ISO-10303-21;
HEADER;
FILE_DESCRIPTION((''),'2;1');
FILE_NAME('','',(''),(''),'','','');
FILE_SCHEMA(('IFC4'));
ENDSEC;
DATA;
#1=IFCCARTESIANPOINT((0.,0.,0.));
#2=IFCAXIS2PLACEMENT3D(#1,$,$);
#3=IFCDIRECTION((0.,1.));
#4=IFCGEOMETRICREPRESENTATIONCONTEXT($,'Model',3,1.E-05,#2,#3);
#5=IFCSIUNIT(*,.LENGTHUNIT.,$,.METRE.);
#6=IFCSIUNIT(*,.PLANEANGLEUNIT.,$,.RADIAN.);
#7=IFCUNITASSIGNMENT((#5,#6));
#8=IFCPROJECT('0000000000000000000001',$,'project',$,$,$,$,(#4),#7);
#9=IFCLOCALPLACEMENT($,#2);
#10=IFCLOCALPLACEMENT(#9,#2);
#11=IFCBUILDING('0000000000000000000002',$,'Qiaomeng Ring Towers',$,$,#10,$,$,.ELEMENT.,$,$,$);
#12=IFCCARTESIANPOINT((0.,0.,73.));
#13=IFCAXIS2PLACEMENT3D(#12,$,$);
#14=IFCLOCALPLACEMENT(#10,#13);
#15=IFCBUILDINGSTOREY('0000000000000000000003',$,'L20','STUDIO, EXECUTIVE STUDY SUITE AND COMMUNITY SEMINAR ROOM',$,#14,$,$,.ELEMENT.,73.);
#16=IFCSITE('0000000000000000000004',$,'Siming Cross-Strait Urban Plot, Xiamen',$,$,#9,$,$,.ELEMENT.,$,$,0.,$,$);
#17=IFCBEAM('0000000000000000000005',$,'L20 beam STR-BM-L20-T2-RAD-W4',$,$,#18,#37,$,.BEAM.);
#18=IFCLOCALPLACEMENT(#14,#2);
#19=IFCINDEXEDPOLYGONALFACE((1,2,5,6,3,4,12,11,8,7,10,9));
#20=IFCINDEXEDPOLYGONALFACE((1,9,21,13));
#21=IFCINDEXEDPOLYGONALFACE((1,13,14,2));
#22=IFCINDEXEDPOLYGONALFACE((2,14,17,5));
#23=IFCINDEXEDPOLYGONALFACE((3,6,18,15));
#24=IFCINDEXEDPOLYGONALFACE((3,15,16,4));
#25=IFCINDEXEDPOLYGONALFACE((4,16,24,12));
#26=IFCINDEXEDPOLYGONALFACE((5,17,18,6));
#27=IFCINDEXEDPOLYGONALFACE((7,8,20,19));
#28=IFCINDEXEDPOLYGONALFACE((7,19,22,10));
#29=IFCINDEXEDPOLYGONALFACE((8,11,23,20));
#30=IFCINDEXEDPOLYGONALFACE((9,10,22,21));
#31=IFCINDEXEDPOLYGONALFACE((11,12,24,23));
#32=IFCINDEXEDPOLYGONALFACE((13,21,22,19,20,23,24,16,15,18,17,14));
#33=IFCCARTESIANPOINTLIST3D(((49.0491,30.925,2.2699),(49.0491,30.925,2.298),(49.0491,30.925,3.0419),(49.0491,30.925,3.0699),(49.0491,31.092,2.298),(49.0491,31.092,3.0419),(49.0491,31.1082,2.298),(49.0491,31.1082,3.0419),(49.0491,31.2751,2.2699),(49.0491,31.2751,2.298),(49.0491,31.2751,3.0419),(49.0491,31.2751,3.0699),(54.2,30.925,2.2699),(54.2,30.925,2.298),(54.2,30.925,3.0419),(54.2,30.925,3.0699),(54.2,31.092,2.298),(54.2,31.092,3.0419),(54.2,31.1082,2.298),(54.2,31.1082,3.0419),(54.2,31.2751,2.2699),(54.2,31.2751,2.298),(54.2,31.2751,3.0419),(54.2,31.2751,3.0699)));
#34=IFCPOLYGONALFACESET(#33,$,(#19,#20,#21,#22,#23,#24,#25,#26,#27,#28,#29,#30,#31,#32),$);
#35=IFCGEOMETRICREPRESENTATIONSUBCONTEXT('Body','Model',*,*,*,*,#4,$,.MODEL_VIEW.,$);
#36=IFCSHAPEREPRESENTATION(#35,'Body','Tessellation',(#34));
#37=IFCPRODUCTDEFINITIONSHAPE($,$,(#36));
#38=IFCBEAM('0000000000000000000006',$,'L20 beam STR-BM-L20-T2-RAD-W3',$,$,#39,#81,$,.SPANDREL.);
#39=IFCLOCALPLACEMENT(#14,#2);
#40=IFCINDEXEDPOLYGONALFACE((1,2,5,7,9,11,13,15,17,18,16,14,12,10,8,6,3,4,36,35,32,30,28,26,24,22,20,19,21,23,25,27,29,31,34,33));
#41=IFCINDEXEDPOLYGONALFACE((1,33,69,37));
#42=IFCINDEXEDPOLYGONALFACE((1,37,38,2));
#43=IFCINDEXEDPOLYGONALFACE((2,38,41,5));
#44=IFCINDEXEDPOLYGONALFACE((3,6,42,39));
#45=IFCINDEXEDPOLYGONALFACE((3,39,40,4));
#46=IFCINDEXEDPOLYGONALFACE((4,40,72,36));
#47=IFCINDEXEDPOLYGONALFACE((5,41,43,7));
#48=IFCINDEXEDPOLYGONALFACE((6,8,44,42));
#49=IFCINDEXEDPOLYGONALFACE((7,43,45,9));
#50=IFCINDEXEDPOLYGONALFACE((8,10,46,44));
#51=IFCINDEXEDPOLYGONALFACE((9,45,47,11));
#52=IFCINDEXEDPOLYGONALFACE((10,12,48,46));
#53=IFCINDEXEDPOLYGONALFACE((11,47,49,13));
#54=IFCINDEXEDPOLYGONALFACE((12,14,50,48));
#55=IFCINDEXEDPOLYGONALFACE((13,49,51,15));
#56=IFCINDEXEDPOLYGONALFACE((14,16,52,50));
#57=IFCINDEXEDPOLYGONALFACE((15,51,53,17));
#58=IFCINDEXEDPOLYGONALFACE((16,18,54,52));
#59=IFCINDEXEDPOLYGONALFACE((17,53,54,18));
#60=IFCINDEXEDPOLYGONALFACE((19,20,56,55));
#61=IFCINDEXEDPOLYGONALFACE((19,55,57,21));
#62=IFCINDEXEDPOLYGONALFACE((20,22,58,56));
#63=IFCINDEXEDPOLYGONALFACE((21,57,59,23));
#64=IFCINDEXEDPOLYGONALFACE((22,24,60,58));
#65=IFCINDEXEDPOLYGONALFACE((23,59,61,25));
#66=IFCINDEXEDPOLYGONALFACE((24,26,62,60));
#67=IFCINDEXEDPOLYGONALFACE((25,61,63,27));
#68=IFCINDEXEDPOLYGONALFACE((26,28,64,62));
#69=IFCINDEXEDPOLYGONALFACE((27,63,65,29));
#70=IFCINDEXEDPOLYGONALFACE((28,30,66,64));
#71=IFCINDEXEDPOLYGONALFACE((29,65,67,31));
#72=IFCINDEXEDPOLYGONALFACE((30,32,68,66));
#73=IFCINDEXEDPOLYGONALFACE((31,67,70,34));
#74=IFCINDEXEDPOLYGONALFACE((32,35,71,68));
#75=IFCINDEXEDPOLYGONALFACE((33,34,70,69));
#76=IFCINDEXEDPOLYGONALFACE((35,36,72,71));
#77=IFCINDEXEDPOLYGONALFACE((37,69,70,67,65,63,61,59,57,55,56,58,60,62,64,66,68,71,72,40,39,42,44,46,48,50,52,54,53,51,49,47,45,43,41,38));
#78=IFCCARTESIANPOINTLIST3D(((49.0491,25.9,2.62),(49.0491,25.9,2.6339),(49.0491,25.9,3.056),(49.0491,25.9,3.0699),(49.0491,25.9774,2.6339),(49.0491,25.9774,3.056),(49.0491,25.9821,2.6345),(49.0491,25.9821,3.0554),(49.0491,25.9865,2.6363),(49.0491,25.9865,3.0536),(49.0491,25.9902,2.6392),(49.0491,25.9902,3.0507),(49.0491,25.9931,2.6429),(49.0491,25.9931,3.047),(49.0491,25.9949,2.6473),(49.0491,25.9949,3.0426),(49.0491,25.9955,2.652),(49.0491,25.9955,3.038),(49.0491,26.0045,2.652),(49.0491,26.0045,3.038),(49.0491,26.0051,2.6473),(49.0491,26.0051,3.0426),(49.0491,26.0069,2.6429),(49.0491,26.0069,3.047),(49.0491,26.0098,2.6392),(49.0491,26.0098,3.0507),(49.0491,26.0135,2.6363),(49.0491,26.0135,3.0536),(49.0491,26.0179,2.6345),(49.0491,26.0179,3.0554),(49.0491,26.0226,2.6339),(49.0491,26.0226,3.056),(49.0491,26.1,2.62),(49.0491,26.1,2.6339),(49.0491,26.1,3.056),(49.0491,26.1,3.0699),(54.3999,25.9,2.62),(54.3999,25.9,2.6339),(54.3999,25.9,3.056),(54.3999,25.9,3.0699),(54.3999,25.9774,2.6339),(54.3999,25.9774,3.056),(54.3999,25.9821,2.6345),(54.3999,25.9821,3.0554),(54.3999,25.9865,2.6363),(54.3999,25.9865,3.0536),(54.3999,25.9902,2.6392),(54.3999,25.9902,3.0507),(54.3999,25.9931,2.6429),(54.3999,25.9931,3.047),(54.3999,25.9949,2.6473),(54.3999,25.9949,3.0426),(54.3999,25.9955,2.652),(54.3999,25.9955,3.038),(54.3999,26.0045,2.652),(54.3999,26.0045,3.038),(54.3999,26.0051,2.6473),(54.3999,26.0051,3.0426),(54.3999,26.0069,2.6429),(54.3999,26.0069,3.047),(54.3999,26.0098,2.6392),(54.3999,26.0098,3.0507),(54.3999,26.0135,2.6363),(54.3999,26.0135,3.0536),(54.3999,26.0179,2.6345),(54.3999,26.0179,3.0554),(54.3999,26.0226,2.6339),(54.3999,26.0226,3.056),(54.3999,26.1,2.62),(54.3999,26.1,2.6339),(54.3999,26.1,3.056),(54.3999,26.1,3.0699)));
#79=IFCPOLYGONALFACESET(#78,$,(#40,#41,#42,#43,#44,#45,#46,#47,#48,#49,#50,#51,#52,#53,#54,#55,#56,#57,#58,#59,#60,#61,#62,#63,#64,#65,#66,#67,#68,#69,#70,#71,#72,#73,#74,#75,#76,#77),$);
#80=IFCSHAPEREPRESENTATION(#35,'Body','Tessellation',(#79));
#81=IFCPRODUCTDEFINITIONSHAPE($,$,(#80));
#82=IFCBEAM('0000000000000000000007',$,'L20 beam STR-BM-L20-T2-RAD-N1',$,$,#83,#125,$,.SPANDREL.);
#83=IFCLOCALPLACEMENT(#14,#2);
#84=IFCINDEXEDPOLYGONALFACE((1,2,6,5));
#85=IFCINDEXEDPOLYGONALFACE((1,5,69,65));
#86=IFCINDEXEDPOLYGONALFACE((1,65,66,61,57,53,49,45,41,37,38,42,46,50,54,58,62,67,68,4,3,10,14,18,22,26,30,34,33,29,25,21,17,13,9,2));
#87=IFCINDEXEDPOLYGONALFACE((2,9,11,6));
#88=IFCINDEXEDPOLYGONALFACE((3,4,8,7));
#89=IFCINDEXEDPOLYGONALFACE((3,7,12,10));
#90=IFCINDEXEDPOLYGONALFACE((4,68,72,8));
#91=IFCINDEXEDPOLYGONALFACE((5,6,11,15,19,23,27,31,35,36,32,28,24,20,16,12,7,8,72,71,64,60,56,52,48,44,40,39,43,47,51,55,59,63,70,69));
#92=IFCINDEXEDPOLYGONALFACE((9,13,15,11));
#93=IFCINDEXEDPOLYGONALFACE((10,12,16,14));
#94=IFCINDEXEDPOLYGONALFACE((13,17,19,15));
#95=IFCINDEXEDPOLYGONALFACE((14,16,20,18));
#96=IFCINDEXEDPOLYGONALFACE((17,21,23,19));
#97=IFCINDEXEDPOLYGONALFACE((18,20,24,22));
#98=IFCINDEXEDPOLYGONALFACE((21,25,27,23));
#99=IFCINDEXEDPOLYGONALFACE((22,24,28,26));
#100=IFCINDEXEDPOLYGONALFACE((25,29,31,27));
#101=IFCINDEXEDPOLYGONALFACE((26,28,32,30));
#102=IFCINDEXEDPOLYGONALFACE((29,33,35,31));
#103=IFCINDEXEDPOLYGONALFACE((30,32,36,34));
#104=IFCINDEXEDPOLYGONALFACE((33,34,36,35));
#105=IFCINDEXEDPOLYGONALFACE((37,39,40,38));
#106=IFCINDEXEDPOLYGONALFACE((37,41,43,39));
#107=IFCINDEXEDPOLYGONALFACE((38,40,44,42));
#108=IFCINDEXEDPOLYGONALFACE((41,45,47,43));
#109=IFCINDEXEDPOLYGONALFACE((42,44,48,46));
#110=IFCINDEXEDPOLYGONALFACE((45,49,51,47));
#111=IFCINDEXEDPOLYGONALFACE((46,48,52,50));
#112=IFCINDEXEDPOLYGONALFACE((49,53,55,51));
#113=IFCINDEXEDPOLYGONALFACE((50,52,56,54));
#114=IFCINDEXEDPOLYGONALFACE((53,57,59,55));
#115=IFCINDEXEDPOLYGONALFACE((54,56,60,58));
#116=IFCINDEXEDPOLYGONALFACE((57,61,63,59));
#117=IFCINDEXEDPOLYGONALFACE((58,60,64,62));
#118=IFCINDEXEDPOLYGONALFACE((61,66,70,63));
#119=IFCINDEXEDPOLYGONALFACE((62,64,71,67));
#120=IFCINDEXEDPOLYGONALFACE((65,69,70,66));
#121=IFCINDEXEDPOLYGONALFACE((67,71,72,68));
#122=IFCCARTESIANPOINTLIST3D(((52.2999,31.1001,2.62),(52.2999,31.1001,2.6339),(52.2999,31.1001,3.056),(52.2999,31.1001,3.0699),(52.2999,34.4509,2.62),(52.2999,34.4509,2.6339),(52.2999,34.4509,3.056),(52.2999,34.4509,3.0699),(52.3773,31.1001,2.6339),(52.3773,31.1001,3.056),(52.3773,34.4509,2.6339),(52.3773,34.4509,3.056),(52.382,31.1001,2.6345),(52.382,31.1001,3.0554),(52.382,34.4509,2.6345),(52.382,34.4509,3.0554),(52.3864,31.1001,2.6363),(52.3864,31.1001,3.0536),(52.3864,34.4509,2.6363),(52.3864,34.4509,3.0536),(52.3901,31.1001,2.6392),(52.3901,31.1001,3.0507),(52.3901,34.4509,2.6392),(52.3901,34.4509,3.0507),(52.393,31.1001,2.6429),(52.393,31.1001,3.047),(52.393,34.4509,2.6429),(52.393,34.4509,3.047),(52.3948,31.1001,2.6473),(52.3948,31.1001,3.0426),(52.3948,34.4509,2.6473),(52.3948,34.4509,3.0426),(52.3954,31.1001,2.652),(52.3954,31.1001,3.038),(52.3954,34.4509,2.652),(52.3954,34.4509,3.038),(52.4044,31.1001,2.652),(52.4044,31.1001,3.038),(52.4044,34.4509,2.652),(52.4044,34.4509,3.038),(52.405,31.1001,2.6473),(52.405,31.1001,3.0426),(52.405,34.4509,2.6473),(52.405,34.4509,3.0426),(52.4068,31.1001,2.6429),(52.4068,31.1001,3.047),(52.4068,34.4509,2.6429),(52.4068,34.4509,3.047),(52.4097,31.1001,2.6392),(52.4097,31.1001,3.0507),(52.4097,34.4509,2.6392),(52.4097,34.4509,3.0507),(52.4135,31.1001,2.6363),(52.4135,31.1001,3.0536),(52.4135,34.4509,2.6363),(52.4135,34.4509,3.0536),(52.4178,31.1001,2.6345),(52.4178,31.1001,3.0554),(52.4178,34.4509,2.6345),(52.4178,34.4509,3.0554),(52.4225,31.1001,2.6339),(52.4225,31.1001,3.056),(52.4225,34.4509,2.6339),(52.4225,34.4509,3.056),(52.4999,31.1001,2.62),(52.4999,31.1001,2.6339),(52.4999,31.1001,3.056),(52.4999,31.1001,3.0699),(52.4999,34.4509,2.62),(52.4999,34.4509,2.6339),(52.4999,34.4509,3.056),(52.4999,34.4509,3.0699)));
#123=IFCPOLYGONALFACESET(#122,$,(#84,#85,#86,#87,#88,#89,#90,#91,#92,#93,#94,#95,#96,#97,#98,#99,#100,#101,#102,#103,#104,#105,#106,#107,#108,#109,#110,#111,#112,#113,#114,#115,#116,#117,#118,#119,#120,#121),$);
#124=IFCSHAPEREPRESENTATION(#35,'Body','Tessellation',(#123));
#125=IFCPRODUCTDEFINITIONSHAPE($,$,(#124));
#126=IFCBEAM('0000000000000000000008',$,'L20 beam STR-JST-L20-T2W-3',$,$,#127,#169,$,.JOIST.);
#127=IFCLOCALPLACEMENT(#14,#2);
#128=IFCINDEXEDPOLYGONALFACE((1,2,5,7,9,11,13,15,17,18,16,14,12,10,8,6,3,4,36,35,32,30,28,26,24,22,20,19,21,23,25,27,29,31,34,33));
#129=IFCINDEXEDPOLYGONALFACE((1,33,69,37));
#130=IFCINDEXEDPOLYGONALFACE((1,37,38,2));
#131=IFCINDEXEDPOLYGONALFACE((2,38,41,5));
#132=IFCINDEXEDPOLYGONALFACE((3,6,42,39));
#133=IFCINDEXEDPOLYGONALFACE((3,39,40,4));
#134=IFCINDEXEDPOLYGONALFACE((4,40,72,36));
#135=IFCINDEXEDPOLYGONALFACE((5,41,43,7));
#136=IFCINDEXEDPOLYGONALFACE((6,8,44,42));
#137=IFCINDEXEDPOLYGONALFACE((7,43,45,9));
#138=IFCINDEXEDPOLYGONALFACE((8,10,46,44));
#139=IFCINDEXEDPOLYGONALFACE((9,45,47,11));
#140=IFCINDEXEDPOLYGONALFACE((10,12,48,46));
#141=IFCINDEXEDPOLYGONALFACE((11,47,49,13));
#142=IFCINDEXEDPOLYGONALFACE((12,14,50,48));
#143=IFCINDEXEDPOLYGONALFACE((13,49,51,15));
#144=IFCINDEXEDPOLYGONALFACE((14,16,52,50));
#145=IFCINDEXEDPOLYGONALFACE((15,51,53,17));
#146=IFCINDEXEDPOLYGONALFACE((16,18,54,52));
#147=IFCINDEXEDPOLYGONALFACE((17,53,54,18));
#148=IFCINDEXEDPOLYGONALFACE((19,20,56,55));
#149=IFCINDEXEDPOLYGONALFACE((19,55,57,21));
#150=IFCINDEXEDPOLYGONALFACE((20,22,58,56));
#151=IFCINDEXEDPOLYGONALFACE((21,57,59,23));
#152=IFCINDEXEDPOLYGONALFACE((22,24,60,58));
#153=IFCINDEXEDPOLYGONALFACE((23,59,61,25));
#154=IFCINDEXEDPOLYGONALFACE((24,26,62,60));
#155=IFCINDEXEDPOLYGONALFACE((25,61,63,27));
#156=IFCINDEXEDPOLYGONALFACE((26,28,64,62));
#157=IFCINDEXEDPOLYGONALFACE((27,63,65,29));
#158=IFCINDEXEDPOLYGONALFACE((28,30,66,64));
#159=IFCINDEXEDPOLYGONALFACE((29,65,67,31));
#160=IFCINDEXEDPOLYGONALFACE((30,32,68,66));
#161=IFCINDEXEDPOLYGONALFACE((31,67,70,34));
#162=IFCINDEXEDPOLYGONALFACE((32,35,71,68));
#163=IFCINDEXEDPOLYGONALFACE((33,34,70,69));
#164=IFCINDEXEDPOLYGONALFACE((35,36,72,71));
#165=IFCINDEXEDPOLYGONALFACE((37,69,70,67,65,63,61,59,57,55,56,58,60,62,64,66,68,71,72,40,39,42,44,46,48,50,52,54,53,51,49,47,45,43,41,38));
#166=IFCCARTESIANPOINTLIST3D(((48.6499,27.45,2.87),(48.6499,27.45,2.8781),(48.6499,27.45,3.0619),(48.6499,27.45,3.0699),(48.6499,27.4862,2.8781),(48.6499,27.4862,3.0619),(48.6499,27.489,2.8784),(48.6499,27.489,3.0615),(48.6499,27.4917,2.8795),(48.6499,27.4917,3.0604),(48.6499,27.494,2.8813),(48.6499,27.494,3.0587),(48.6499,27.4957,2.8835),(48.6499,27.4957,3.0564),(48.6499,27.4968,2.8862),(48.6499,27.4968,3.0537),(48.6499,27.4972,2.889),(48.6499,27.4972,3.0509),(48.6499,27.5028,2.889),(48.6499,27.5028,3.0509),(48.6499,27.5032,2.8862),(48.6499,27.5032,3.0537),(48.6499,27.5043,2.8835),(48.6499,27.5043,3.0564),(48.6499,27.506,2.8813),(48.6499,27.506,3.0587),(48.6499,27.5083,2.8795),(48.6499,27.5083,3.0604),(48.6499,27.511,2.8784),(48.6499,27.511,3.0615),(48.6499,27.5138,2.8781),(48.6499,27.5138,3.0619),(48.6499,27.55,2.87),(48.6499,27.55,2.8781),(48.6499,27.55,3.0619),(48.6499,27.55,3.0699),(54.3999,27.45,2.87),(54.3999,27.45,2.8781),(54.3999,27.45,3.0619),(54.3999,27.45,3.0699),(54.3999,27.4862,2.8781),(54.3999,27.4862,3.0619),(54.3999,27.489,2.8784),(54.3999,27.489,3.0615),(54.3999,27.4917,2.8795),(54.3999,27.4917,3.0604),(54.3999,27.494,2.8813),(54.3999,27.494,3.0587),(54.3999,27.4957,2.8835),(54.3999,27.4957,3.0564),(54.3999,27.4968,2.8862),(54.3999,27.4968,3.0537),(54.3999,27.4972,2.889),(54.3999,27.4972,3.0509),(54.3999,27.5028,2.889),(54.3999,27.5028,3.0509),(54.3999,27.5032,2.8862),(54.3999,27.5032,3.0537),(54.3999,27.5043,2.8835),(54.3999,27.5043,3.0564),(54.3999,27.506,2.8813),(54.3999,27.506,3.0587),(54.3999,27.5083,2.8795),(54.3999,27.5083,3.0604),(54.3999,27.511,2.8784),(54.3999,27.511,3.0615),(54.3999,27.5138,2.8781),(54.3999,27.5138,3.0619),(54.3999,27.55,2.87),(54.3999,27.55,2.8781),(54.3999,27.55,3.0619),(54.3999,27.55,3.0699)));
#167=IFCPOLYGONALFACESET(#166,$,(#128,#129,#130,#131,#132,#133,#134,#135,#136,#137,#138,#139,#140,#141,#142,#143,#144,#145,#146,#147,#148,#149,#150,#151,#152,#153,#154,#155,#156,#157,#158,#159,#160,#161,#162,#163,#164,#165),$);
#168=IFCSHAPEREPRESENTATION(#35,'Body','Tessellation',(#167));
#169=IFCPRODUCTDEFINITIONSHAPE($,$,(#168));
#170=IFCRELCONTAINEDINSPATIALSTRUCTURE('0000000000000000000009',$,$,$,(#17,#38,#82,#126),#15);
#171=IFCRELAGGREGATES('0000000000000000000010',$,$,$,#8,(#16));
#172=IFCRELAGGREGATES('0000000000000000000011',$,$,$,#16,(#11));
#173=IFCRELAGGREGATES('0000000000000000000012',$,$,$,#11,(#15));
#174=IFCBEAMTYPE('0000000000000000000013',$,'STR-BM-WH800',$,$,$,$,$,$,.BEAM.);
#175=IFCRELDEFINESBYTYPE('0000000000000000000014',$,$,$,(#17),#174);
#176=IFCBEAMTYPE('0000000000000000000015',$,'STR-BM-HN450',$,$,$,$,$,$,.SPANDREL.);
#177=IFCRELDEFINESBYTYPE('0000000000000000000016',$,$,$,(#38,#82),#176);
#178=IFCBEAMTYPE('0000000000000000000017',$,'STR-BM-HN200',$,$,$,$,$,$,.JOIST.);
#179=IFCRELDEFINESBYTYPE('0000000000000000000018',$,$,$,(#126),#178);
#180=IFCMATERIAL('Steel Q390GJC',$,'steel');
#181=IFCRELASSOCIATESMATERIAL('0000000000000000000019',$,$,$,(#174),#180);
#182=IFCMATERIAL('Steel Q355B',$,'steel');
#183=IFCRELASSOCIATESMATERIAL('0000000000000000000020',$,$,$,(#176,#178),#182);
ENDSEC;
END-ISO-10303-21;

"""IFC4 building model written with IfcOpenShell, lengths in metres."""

from ifc_helpers import new_model, si_unit, direction, frame, origin, origin_2d, place, context, subcontext, project, spatial, i_section, extrude, source, transform, mapped, material, material_profile, profile_set, type_object, element, save


model = new_model("IFC4")

# Units and contexts
model_context = context("Model", 3, precision=1e-05, world=origin(), true_north=direction((0.0, 1.0)))
body_context = subcontext(model_context, "Body", "Model", "MODEL_VIEW")
ifc_project = project(units=[si_unit("LENGTHUNIT", "METRE"), si_unit("PLANEANGLEUNIT", "RADIAN")], contexts=[model_context])

# Site, building, storey
site_placement = place(None, origin())
site = spatial("IfcSite", under=ifc_project, at=site_placement, Name="Siming Cross-Strait Urban Plot, Xiamen", CompositionType="ELEMENT", RefElevation=0.0)
building_placement = place(site_placement, origin())
building = spatial("IfcBuilding", under=site, at=building_placement, Name="Qiaomeng Ring Towers", CompositionType="ELEMENT")
storey_placement = place(building_placement, frame((0.0, 0.0, 73.0)))
storey = spatial("IfcBuildingStorey", under=building, at=storey_placement, Name="L20", Description="STUDIO, EXECUTIVE STUDY SUITE AND COMMUNITY SEMINAR ROOM", CompositionType="ELEMENT", Elevation=73.0)

# Beams
ifc_material_1 = material(Name="Steel Q355B", Category="steel")
ifc_material_2 = material(Name="Steel Q390GJC", Category="steel")
ifc_material_profile_1 = material_profile(ifc_material_2, i_section(OverallWidth=0.3501, OverallDepth=0.8, WebThickness=0.0161, FlangeThickness=0.0281, at=origin_2d()), Name="WH 800x350x16x28")
ifc_profile_set_1 = profile_set([ifc_material_profile_1], Name="Steel Q390GJC")
beam_type_1 = type_object("IfcBeamType", Name="STR-BM-WH800", PredefinedType="BEAM", material=ifc_profile_set_1)
shared_shape_1 = source(origin(), body_context, "Body", "SweptSolid", [
    extrude(i_section(OverallWidth=0.3501, OverallDepth=0.8, WebThickness=0.0161, FlangeThickness=0.0281, at=origin_2d()), origin(), (0.0, 0.0, 1.0), 5.1509),
])
beam_1_placement = place(storey_placement, frame((49.0491, 31.1001, 2.6699), z_axis=(1.0, 0.0, 0.0), x_axis=(0.0, 1.0, 0.0)))
element("IfcBeam", 1, at=beam_1_placement, inside=storey, type_object=beam_type_1, Name="L20 beam STR-BM-L20-T2-RAD-W4", PredefinedType="BEAM", context=body_context, shape_type="MappedRepresentation", body=[
    mapped(shared_shape_1, transform((0.0, 0.0, 0.0), x_axis=(1.0, 0.0, 0.0), y_axis=(0.0, 1.0, 0.0), z_axis=(0.0, 0.0, 1.0), scale=1.0)),
])
ifc_material_profile_2 = material_profile(ifc_material_1, i_section(OverallWidth=0.2, OverallDepth=0.45, WebThickness=0.009, FlangeThickness=0.0139, FilletRadius=0.0181, at=origin_2d()), Name="HN 450x200x9x14")
ifc_profile_set_2 = profile_set([ifc_material_profile_2], Name="Steel Q355B")
beam_type_2 = type_object("IfcBeamType", Name="STR-BM-HN450", PredefinedType="SPANDREL", material=ifc_profile_set_2)
shared_shape_2 = source(origin(), body_context, "Body", "SweptSolid", [
    extrude(i_section(OverallWidth=0.2, OverallDepth=0.45, WebThickness=0.009, FlangeThickness=0.0139, FilletRadius=0.0181, at=origin_2d()), origin(), (0.0, 0.0, 1.0), 5.3508),
])
beam_2_placement = place(storey_placement, frame((49.0491, 26.0, 2.845), z_axis=(1.0, 0.0, 0.0), x_axis=(0.0, 1.0, 0.0)))
element("IfcBeam", 2, at=beam_2_placement, inside=storey, type_object=beam_type_2, Name="L20 beam STR-BM-L20-T2-RAD-W3", PredefinedType="SPANDREL", context=body_context, shape_type="MappedRepresentation", body=[
    mapped(shared_shape_2, transform((0.0, 0.0, 0.0), x_axis=(1.0, 0.0, 0.0), y_axis=(0.0, 1.0, 0.0), z_axis=(0.0, 0.0, 1.0), scale=1.0)),
])
shared_shape_3 = source(origin(), body_context, "Body", "SweptSolid", [
    extrude(i_section(OverallWidth=0.2, OverallDepth=0.45, WebThickness=0.009, FlangeThickness=0.0139, FilletRadius=0.0181, at=origin_2d()), origin(), (0.0, 0.0, 1.0), 3.3508),
])
beam_3_placement = place(storey_placement, frame((52.3999, 34.4509, 2.845), z_axis=(0.0, -1.0, 0.0), x_axis=(1.0, 0.0, 0.0)))
element("IfcBeam", 3, at=beam_3_placement, inside=storey, type_object=beam_type_2, Name="L20 beam STR-BM-L20-T2-RAD-N1", PredefinedType="SPANDREL", context=body_context, shape_type="MappedRepresentation", body=[
    mapped(shared_shape_3, transform((0.0, 0.0, 0.0), x_axis=(1.0, 0.0, 0.0), y_axis=(0.0, 1.0, 0.0), z_axis=(0.0, 0.0, 1.0), scale=1.0)),
])
ifc_material_profile_3 = material_profile(ifc_material_1, i_section(OverallWidth=0.1001, OverallDepth=0.2, WebThickness=0.0056, FlangeThickness=0.0081, FilletRadius=0.011, at=origin_2d()), Name="HN 200x100x5.5x8")
ifc_profile_set_3 = profile_set([ifc_material_profile_3], Name="Steel Q355B")
beam_type_3 = type_object("IfcBeamType", Name="STR-BM-HN200", PredefinedType="JOIST", material=ifc_profile_set_3)
shared_shape_4 = source(origin(), body_context, "Body", "SweptSolid", [
    extrude(i_section(OverallWidth=0.1001, OverallDepth=0.2, WebThickness=0.0056, FlangeThickness=0.0081, FilletRadius=0.011, at=origin_2d()), origin(), (0.0, 0.0, 1.0), 5.75),
])
beam_4_placement = place(storey_placement, frame((48.6499, 27.5, 2.97), z_axis=(1.0, 0.0, 0.0), x_axis=(0.0, 1.0, 0.0)))
element("IfcBeam", 4, at=beam_4_placement, inside=storey, type_object=beam_type_3, Name="L20 beam STR-JST-L20-T2W-3", PredefinedType="JOIST", context=body_context, shape_type="MappedRepresentation", body=[
    mapped(shared_shape_4, transform((0.0, 0.0, 0.0), x_axis=(1.0, 0.0, 0.0), y_axis=(0.0, 1.0, 0.0), z_axis=(0.0, 0.0, 1.0), scale=1.0)),
])

save(model, "model.ifc")
